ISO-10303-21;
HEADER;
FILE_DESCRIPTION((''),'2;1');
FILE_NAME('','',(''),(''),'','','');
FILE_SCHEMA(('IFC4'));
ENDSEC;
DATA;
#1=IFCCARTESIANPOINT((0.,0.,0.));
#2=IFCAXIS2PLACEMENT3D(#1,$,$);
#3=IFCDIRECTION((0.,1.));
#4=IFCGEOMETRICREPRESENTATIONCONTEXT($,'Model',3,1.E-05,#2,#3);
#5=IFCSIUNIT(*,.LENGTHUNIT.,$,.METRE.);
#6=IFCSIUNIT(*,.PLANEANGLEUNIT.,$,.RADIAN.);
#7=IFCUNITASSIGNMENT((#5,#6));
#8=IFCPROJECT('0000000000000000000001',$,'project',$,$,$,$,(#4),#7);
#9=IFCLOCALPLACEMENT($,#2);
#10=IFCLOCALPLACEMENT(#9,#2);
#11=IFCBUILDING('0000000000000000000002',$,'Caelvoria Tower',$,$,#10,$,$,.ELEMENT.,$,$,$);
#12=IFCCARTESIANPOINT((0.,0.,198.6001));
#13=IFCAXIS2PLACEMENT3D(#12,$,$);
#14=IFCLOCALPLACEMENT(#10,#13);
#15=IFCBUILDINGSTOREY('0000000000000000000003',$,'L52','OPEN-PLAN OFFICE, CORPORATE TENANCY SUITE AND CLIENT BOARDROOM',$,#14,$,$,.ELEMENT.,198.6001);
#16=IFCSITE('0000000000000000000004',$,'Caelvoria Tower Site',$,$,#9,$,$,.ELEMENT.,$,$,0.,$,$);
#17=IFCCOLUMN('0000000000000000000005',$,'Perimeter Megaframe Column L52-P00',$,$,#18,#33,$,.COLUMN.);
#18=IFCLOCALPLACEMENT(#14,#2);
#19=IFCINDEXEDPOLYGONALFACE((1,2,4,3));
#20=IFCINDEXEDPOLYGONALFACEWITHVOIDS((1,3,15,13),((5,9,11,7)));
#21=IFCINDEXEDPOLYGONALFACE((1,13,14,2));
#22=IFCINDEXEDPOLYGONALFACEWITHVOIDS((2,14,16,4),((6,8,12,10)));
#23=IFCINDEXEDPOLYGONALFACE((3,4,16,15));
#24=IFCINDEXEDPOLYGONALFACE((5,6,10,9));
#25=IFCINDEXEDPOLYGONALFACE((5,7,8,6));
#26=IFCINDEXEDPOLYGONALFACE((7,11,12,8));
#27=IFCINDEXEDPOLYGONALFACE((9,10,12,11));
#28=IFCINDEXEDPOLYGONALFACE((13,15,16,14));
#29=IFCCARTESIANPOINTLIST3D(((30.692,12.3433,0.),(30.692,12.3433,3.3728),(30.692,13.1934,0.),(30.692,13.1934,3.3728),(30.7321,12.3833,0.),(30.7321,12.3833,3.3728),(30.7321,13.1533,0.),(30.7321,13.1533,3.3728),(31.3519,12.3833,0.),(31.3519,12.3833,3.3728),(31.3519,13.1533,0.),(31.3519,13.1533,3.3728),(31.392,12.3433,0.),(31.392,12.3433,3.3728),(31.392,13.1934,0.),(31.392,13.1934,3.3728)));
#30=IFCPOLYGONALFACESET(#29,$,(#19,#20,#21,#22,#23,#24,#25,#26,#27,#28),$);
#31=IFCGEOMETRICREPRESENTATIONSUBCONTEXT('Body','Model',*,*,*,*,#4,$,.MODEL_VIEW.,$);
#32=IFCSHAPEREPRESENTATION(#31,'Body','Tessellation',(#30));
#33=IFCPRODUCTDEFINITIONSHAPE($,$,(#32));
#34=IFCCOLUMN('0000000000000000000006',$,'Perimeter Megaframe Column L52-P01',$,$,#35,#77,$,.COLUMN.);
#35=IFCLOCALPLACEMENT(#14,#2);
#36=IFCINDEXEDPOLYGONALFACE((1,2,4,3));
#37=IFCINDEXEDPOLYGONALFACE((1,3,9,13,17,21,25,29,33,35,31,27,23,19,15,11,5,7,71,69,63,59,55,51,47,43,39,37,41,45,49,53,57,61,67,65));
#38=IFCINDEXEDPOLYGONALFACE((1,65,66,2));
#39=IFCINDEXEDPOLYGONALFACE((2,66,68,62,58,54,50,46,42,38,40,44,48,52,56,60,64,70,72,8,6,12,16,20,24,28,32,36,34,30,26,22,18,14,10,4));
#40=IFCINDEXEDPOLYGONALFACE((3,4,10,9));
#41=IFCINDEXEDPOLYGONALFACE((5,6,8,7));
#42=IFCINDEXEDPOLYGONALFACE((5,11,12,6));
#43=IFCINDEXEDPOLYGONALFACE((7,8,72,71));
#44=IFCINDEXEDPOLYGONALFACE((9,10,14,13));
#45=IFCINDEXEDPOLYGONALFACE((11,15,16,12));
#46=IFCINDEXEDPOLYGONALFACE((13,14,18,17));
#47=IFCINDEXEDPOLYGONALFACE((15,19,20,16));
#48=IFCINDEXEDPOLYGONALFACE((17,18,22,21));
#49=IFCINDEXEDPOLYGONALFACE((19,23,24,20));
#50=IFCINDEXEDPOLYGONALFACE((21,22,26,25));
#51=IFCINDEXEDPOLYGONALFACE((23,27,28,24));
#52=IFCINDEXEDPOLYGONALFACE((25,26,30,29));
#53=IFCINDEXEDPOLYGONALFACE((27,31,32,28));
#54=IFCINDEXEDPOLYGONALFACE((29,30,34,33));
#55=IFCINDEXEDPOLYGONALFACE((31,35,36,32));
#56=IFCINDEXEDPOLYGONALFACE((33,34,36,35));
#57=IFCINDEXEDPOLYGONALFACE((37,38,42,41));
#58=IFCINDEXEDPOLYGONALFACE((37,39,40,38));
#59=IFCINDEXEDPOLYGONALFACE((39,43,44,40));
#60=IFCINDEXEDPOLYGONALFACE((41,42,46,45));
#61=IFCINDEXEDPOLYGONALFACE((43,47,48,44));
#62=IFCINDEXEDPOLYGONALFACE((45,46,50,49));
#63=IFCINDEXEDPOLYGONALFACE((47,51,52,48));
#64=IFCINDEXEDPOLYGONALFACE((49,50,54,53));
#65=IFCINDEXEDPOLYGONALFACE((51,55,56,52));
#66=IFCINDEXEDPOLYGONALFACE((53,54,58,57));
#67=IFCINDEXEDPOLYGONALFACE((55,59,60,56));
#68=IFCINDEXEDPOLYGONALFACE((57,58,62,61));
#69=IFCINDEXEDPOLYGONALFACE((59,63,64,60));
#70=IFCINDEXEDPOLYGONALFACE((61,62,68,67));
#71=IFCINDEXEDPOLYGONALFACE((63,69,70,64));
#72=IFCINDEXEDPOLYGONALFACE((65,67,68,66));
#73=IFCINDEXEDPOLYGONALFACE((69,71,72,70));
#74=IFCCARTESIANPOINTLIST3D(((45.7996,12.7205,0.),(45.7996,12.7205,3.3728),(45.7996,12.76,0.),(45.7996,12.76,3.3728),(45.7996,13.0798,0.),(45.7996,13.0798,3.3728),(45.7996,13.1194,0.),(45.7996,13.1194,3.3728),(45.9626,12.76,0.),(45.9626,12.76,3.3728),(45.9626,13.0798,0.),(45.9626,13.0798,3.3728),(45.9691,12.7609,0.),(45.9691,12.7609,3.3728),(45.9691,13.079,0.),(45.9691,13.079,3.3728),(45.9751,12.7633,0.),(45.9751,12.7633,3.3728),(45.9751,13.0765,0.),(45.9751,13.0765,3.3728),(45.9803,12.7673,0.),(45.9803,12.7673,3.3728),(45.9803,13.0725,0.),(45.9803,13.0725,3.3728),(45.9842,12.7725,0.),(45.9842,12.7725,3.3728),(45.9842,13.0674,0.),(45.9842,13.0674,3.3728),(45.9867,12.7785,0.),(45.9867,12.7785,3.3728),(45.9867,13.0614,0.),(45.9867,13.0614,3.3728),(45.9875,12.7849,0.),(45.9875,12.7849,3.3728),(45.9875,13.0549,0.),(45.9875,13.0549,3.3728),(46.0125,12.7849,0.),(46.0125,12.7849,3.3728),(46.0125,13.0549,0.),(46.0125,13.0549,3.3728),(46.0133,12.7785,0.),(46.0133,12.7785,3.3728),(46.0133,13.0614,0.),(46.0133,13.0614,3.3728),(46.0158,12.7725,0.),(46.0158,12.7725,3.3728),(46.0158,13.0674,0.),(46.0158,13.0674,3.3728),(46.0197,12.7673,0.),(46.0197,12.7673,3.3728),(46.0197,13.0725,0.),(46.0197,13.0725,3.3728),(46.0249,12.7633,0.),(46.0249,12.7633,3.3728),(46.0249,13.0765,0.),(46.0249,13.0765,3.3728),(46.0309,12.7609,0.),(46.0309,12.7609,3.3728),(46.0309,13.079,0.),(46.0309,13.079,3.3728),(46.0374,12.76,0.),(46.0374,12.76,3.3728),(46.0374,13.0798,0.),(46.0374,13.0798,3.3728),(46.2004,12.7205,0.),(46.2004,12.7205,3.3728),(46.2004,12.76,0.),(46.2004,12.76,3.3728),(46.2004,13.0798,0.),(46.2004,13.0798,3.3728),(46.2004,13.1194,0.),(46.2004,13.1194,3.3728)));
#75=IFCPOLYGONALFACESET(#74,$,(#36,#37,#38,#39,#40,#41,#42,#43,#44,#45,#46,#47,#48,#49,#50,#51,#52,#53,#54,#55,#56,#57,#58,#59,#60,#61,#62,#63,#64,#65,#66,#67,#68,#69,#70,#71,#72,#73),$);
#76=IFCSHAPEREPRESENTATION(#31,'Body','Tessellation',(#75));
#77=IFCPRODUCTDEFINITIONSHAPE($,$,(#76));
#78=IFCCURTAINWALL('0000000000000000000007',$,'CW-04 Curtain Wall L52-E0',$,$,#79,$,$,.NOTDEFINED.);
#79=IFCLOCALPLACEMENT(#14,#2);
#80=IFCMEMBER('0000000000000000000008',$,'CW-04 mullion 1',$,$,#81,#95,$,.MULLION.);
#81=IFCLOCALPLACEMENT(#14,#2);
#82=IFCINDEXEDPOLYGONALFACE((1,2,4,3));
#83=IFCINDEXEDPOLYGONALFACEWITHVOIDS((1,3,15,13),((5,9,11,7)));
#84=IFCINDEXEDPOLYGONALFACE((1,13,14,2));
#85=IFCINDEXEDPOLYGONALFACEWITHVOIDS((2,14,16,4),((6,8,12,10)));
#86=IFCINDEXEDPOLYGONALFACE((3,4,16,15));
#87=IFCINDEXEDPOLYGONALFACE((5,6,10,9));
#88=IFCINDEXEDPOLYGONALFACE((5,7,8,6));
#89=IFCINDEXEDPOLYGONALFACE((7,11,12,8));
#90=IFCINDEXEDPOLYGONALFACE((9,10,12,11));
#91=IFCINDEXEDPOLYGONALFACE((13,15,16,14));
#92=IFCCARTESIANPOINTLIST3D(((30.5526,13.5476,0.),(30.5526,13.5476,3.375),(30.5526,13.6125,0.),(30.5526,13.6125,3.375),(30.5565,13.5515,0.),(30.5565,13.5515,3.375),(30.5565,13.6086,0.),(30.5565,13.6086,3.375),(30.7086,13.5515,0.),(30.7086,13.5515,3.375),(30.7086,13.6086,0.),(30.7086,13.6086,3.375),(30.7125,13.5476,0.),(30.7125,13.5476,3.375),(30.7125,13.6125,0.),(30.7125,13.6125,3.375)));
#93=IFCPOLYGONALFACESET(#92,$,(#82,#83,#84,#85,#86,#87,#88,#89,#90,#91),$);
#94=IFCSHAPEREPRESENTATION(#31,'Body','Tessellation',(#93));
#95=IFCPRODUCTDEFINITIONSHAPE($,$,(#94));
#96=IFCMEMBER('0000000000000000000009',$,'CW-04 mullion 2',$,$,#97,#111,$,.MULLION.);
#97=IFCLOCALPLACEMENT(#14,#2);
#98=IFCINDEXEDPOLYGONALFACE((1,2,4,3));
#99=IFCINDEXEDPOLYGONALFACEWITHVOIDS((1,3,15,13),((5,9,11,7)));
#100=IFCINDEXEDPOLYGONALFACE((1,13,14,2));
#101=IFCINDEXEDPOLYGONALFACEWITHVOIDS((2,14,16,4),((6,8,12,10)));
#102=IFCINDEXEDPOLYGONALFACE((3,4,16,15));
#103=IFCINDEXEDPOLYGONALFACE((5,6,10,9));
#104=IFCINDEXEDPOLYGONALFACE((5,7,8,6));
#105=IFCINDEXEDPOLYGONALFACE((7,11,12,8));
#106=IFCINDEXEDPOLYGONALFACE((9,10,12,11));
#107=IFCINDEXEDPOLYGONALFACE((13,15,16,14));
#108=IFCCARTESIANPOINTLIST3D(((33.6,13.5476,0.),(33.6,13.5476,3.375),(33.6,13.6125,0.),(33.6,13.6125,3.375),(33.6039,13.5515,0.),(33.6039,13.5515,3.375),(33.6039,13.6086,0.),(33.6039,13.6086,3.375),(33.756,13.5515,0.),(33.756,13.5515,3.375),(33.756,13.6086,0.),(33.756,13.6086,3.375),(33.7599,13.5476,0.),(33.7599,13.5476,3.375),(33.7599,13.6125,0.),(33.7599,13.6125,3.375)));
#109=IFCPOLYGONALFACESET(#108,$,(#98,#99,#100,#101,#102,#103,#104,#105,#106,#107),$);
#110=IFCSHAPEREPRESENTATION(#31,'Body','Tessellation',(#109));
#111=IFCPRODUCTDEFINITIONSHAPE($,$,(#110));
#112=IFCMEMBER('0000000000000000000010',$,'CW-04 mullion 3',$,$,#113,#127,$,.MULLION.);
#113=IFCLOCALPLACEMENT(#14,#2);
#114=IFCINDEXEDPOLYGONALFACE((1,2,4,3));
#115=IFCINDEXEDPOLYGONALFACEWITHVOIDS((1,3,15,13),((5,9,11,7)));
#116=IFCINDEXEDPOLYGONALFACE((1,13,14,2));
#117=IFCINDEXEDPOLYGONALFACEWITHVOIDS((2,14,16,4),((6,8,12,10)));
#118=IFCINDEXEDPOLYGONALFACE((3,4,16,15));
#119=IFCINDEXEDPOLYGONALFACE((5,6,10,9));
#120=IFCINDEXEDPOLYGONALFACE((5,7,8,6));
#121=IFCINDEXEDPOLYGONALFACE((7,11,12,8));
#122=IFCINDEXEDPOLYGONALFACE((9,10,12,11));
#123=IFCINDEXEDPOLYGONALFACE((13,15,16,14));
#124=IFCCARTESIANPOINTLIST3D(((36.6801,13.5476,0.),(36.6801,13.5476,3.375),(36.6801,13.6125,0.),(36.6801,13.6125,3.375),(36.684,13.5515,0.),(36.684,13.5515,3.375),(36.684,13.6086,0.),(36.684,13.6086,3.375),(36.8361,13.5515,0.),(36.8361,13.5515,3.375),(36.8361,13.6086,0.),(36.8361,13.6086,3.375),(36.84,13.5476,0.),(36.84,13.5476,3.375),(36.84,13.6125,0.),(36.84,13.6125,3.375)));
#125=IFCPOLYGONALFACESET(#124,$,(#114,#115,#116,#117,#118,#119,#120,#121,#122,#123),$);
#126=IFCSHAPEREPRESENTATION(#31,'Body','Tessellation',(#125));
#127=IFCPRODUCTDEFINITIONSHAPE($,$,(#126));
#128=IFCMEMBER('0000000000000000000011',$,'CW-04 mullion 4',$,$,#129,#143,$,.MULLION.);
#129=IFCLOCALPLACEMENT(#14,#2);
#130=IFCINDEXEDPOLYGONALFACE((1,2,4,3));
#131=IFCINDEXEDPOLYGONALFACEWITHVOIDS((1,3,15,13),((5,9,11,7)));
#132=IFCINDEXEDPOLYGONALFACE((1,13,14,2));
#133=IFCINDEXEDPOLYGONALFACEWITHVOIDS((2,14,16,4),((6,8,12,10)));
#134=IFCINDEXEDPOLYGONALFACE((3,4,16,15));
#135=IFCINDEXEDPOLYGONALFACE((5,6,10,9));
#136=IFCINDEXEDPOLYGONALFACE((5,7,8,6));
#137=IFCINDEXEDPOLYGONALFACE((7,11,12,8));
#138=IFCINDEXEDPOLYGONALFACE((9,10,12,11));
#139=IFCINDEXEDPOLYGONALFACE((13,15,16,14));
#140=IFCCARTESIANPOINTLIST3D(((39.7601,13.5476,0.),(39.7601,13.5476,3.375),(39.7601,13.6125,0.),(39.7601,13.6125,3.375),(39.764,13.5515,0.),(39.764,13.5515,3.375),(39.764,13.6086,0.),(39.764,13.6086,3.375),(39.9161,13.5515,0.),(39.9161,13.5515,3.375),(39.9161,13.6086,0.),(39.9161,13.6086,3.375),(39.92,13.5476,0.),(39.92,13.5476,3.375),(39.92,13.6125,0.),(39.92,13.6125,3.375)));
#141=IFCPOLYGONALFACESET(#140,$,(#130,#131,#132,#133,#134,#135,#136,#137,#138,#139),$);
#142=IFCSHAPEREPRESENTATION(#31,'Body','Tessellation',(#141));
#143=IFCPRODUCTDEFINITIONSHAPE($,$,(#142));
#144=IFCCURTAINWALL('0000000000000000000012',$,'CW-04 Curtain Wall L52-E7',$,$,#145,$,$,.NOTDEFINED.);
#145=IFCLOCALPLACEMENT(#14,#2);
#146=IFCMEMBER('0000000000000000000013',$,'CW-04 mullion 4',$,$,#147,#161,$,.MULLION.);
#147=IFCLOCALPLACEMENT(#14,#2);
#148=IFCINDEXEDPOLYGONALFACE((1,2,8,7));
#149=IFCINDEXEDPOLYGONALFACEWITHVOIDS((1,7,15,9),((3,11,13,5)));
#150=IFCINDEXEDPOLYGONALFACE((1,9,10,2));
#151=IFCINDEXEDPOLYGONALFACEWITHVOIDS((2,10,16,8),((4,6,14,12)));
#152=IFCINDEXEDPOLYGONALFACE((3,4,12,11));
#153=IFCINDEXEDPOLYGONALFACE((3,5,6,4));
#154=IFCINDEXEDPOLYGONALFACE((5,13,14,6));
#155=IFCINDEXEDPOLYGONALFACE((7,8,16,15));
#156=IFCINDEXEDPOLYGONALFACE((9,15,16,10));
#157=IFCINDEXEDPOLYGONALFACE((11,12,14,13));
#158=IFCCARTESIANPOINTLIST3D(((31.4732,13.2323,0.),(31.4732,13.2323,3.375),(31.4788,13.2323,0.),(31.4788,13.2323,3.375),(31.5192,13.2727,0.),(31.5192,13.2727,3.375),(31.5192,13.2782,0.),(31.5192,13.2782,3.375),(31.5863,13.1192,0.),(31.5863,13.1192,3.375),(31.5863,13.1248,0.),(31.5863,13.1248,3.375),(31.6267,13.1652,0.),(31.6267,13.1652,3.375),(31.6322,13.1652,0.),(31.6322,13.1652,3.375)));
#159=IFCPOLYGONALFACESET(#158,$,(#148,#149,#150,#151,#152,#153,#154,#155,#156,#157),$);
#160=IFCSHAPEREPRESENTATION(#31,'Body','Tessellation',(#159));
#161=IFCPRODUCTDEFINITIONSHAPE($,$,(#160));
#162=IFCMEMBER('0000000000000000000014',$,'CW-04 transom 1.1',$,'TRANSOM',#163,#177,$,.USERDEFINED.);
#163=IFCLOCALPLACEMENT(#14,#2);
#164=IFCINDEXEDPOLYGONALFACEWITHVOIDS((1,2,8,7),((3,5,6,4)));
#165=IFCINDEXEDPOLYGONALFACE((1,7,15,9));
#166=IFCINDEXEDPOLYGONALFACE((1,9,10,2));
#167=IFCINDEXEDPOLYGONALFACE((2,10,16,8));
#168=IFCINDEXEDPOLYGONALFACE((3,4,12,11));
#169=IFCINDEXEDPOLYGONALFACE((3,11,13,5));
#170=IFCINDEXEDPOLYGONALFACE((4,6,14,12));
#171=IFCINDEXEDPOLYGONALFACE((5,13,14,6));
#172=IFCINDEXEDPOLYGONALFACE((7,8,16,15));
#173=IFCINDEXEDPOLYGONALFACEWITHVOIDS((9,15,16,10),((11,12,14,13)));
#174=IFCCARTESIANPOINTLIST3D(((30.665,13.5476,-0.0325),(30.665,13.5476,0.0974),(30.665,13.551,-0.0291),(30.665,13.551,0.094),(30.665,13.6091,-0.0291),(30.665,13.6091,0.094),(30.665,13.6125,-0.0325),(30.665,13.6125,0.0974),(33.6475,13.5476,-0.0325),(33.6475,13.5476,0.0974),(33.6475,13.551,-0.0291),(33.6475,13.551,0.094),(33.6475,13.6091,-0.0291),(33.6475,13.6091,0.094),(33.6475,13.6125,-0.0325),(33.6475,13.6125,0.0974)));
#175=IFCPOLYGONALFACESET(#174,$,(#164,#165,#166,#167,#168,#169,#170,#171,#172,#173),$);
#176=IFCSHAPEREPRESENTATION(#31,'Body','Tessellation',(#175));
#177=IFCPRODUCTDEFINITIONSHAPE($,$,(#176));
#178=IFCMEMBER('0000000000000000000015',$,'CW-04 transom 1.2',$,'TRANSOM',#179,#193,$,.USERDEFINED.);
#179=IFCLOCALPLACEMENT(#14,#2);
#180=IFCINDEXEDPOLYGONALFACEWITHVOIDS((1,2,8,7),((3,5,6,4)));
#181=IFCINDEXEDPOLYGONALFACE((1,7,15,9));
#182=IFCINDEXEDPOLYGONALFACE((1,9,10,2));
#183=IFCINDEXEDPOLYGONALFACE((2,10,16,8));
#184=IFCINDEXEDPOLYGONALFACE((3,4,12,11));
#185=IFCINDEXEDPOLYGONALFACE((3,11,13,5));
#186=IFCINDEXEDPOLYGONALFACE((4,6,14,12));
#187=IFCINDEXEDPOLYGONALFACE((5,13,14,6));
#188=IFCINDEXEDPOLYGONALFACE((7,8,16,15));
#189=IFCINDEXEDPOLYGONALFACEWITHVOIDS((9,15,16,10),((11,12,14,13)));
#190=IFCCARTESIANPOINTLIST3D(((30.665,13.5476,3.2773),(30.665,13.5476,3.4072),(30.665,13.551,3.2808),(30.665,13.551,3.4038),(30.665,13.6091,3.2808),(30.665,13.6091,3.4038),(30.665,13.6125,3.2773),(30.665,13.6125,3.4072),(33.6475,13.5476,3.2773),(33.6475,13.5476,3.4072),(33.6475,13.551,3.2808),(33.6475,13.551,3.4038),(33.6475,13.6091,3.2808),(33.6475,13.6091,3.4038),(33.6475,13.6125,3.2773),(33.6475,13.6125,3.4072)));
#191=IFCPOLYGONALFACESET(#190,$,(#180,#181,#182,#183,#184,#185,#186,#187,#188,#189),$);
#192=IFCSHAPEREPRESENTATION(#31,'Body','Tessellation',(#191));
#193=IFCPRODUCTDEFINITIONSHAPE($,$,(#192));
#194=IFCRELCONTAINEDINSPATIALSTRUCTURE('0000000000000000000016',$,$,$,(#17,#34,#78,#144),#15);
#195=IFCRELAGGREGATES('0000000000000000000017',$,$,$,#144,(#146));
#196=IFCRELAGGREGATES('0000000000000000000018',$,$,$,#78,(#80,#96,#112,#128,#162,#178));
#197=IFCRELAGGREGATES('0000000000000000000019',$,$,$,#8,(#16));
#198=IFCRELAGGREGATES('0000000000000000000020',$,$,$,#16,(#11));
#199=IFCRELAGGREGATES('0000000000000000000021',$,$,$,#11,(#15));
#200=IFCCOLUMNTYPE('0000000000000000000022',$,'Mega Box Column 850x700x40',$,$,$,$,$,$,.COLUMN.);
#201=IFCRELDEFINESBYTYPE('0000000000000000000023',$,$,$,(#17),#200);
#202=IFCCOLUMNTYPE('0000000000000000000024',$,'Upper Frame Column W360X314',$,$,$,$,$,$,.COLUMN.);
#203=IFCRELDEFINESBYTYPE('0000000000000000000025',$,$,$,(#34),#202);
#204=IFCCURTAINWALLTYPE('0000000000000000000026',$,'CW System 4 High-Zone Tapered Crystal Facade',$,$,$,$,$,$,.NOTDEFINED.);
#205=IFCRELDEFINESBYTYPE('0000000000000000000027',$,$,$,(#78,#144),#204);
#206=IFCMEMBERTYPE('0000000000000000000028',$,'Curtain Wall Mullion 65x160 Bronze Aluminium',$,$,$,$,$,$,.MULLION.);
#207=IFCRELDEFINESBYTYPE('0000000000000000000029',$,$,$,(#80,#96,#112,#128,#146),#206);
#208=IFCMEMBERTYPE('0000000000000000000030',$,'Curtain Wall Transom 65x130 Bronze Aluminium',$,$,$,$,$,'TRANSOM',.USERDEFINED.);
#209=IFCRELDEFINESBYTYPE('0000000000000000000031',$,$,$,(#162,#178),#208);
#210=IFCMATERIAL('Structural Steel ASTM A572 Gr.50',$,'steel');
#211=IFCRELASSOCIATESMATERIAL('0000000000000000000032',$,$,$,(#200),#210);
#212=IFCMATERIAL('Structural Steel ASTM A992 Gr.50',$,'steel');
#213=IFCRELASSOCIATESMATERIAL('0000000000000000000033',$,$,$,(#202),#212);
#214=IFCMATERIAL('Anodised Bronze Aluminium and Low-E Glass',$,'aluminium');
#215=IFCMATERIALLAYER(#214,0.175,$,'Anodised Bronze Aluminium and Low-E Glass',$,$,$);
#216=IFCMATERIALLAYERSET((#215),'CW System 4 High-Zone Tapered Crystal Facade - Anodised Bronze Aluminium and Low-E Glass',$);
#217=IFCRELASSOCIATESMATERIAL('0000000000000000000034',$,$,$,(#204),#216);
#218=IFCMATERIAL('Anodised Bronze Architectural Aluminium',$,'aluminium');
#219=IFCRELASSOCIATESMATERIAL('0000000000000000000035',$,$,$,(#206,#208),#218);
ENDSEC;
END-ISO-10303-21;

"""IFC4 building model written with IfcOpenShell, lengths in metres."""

from ifc_helpers import new_model, si_unit, direction, frame, origin, origin_2d, place, context, subcontext, project, spatial, hollow_rectangle, i_section, extrude, material, layer, layer_set, material_profile, profile_set, type_object, element, aggregate, save


model = new_model("IFC4")

# Units and contexts
model_context = context("Model", 3, precision=1e-05, world=origin(), true_north=direction((0.0, 1.0)))
body_context = subcontext(model_context, "Body", "Model", "MODEL_VIEW")
ifc_project = project(units=[si_unit("LENGTHUNIT", "METRE"), si_unit("PLANEANGLEUNIT", "RADIAN")], contexts=[model_context])

# Site, building, storey
site_placement = place(None, origin())
site = spatial("IfcSite", under=ifc_project, at=site_placement, Name="Caelvoria Tower Site", CompositionType="ELEMENT", RefElevation=0.0)
building_placement = place(site_placement, origin())
building = spatial("IfcBuilding", under=site, at=building_placement, Name="Caelvoria Tower", CompositionType="ELEMENT")
storey_placement = place(building_placement, frame((0.0, 0.0, 198.6001)))
storey = spatial("IfcBuildingStorey", under=building, at=storey_placement, Name="L52", Description="OPEN-PLAN OFFICE, CORPORATE TENANCY SUITE AND CLIENT BOARDROOM", CompositionType="ELEMENT", Elevation=198.6001)

# Columns
ifc_material_1 = material(Name="Structural Steel ASTM A572 Gr.50", Category="steel")
ifc_material_profile_1 = material_profile(ifc_material_1, hollow_rectangle(XDim=0.7, YDim=0.8501, WallThickness=0.04, at=origin_2d()), Name="Structural Steel ASTM A572 Gr.50")
ifc_profile_set_1 = profile_set([ifc_material_profile_1], Name="BOX850X700X40 - Structural Steel ASTM A572 Gr.50")
column_type_1 = type_object("IfcColumnType", Name="Mega Box Column 850x700x40", PredefinedType="COLUMN", material=ifc_profile_set_1)
column_1_placement = place(storey_placement, frame((31.042, 12.7683, 0.0), z_axis=(0.0, 0.0, 1.0), x_axis=(1.0, 0.0, 0.0)))
element("IfcColumn", 1, at=column_1_placement, inside=storey, type_object=column_type_1, Name="Perimeter Megaframe Column L52-P00", PredefinedType="COLUMN", context=body_context, shape_type="SweptSolid", body=[
    extrude(hollow_rectangle(XDim=0.7, YDim=0.8501, WallThickness=0.04, at=origin_2d()), origin(), (0.0, 0.0, 1.0), 3.3728),
])
ifc_material_2 = material(Name="Structural Steel ASTM A992 Gr.50", Category="steel")
ifc_material_profile_2 = material_profile(ifc_material_2, i_section(OverallWidth=0.4009, OverallDepth=0.3989, WebThickness=0.0249, FlangeThickness=0.0396, FilletRadius=0.0249, at=origin_2d()), Name="Structural Steel ASTM A992 Gr.50")
ifc_profile_set_2 = profile_set([ifc_material_profile_2], Name="W360X314 - Structural Steel ASTM A992 Gr.50")
column_type_2 = type_object("IfcColumnType", Name="Upper Frame Column W360X314", PredefinedType="COLUMN", material=ifc_profile_set_2)
column_2_placement = place(storey_placement, frame((46.0, 12.9199, 0.0), z_axis=(0.0, 0.0, 1.0), x_axis=(1.0, 0.0, 0.0)))
element("IfcColumn", 2, at=column_2_placement, inside=storey, type_object=column_type_2, Name="Perimeter Megaframe Column L52-P01", PredefinedType="COLUMN", context=body_context, shape_type="SweptSolid", body=[
    extrude(i_section(OverallWidth=0.4009, OverallDepth=0.3989, WebThickness=0.0249, FlangeThickness=0.0396, FilletRadius=0.0249, at=origin_2d()), origin(), (0.0, 0.0, 1.0), 3.3728),
])

# Curtain wall, members
ifc_material_3 = material(Name="Anodised Bronze Aluminium and Low-E Glass", Category="aluminium")
ifc_layer_1 = layer(ifc_material_3, 0.175, Name="Anodised Bronze Aluminium and Low-E Glass")
ifc_layer_set_1 = layer_set([ifc_layer_1], Name="CW System 4 High-Zone Tapered Crystal Facade - Anodised Bronze Aluminium and Low-E Glass")
curtain_wall_type = type_object("IfcCurtainWallType", Name="CW System 4 High-Zone Tapered Crystal Facade", PredefinedType="NOTDEFINED", material=ifc_layer_set_1)
curtain_wall_1_placement = place(storey_placement, origin())
curtain_wall_1 = element("IfcCurtainWall", 3, at=curtain_wall_1_placement, inside=storey, type_object=curtain_wall_type, Name="CW-04 Curtain Wall L52-E0", PredefinedType="NOTDEFINED")
ifc_material_4 = material(Name="Anodised Bronze Architectural Aluminium", Category="aluminium")
ifc_material_profile_3 = material_profile(ifc_material_4, hollow_rectangle(XDim=0.0649, YDim=0.1599, WallThickness=0.0039, at=origin_2d()), Name="Anodised Bronze Architectural Aluminium")
ifc_profile_set_3 = profile_set([ifc_material_profile_3], Name="CW_MULL_65X160 - Anodised Bronze Architectural Aluminium")
member_type_1 = type_object("IfcMemberType", Name="Curtain Wall Mullion 65x160 Bronze Aluminium", PredefinedType="MULLION", material=ifc_profile_set_3)
member_1_placement = place(storey_placement, frame((30.6326, 13.5801, 0.0), z_axis=(0.0, 0.0, 1.0), x_axis=(0.0, 1.0, 0.0)))
member_1 = element("IfcMember", 4, at=member_1_placement, type_object=member_type_1, Name="CW-04 mullion 1", PredefinedType="MULLION", context=body_context, shape_type="SweptSolid", body=[
    extrude(hollow_rectangle(XDim=0.0649, YDim=0.1599, WallThickness=0.0039, at=origin_2d()), origin(), (0.0, 0.0, 1.0), 3.375),
])
member_2_placement = place(storey_placement, frame((33.6799, 13.5801, 0.0), z_axis=(0.0, 0.0, 1.0), x_axis=(0.0, 1.0, 0.0)))
member_2 = element("IfcMember", 5, at=member_2_placement, type_object=member_type_1, Name="CW-04 mullion 2", PredefinedType="MULLION", context=body_context, shape_type="SweptSolid", body=[
    extrude(hollow_rectangle(XDim=0.0649, YDim=0.1599, WallThickness=0.0039, at=origin_2d()), origin(), (0.0, 0.0, 1.0), 3.375),
])
member_3_placement = place(storey_placement, frame((36.76, 13.5801, 0.0), z_axis=(0.0, 0.0, 1.0), x_axis=(0.0, 1.0, 0.0)))
member_3 = element("IfcMember", 6, at=member_3_placement, type_object=member_type_1, Name="CW-04 mullion 3", PredefinedType="MULLION", context=body_context, shape_type="SweptSolid", body=[
    extrude(hollow_rectangle(XDim=0.0649, YDim=0.1599, WallThickness=0.0039, at=origin_2d()), origin(), (0.0, 0.0, 1.0), 3.375),
])
member_4_placement = place(storey_placement, frame((39.8401, 13.5801, 0.0), z_axis=(0.0, 0.0, 1.0), x_axis=(0.0, 1.0, 0.0)))
member_4 = element("IfcMember", 7, at=member_4_placement, type_object=member_type_1, Name="CW-04 mullion 4", PredefinedType="MULLION", context=body_context, shape_type="SweptSolid", body=[
    extrude(hollow_rectangle(XDim=0.0649, YDim=0.1599, WallThickness=0.0039, at=origin_2d()), origin(), (0.0, 0.0, 1.0), 3.375),
])

# Curtain wall, member
curtain_wall_2_placement = place(storey_placement, origin())
curtain_wall_2 = element("IfcCurtainWall", 8, at=curtain_wall_2_placement, inside=storey, type_object=curtain_wall_type, Name="CW-04 Curtain Wall L52-E7", PredefinedType="NOTDEFINED")
member_5_placement = place(storey_placement, frame((31.5527, 13.1987, 0.0), z_axis=(0.0, 0.0, 1.0), x_axis=(0.707107, 0.707107, 0.0)))
member_5 = element("IfcMember", 9, at=member_5_placement, type_object=member_type_1, Name="CW-04 mullion 4", PredefinedType="MULLION", context=body_context, shape_type="SweptSolid", body=[
    extrude(hollow_rectangle(XDim=0.0649, YDim=0.1599, WallThickness=0.0039, at=origin_2d()), origin(), (0.0, 0.0, 1.0), 3.375),
])
aggregate(curtain_wall_2, [member_5])

# Members
ifc_material_profile_4 = material_profile(ifc_material_4, hollow_rectangle(XDim=0.0649, YDim=0.1299, WallThickness=0.0034, at=origin_2d()), Name="Anodised Bronze Architectural Aluminium")
ifc_profile_set_4 = profile_set([ifc_material_profile_4], Name="CW_TRAN_65X130 - Anodised Bronze Architectural Aluminium")
member_type_2 = type_object("IfcMemberType", Name="Curtain Wall Transom 65x130 Bronze Aluminium", ElementType="TRANSOM", PredefinedType="USERDEFINED", material=ifc_profile_set_4)
member_6_placement = place(storey_placement, frame((30.665, 13.5801, 0.0325), z_axis=(1.0, 0.0, 0.0), x_axis=(0.0, 1.0, 0.0)))
member_6 = element("IfcMember", 10, at=member_6_placement, type_object=member_type_2, Name="CW-04 transom 1.1", ObjectType="TRANSOM", PredefinedType="USERDEFINED", context=body_context, shape_type="SweptSolid", body=[
    extrude(hollow_rectangle(XDim=0.0649, YDim=0.1299, WallThickness=0.0034, at=origin_2d()), origin(), (0.0, 0.0, 1.0), 2.9824),
])
member_7_placement = place(storey_placement, frame((30.665, 13.5801, 3.3423), z_axis=(1.0, 0.0, 0.0), x_axis=(0.0, 1.0, 0.0)))
member_7 = element("IfcMember", 11, at=member_7_placement, type_object=member_type_2, Name="CW-04 transom 1.2", ObjectType="TRANSOM", PredefinedType="USERDEFINED", context=body_context, shape_type="SweptSolid", body=[
    extrude(hollow_rectangle(XDim=0.0649, YDim=0.1299, WallThickness=0.0034, at=origin_2d()), origin(), (0.0, 0.0, 1.0), 2.9824),
])

aggregate(curtain_wall_1, [member_1, member_2, member_3, member_4, member_6, member_7])

save(model, "model.ifc")
